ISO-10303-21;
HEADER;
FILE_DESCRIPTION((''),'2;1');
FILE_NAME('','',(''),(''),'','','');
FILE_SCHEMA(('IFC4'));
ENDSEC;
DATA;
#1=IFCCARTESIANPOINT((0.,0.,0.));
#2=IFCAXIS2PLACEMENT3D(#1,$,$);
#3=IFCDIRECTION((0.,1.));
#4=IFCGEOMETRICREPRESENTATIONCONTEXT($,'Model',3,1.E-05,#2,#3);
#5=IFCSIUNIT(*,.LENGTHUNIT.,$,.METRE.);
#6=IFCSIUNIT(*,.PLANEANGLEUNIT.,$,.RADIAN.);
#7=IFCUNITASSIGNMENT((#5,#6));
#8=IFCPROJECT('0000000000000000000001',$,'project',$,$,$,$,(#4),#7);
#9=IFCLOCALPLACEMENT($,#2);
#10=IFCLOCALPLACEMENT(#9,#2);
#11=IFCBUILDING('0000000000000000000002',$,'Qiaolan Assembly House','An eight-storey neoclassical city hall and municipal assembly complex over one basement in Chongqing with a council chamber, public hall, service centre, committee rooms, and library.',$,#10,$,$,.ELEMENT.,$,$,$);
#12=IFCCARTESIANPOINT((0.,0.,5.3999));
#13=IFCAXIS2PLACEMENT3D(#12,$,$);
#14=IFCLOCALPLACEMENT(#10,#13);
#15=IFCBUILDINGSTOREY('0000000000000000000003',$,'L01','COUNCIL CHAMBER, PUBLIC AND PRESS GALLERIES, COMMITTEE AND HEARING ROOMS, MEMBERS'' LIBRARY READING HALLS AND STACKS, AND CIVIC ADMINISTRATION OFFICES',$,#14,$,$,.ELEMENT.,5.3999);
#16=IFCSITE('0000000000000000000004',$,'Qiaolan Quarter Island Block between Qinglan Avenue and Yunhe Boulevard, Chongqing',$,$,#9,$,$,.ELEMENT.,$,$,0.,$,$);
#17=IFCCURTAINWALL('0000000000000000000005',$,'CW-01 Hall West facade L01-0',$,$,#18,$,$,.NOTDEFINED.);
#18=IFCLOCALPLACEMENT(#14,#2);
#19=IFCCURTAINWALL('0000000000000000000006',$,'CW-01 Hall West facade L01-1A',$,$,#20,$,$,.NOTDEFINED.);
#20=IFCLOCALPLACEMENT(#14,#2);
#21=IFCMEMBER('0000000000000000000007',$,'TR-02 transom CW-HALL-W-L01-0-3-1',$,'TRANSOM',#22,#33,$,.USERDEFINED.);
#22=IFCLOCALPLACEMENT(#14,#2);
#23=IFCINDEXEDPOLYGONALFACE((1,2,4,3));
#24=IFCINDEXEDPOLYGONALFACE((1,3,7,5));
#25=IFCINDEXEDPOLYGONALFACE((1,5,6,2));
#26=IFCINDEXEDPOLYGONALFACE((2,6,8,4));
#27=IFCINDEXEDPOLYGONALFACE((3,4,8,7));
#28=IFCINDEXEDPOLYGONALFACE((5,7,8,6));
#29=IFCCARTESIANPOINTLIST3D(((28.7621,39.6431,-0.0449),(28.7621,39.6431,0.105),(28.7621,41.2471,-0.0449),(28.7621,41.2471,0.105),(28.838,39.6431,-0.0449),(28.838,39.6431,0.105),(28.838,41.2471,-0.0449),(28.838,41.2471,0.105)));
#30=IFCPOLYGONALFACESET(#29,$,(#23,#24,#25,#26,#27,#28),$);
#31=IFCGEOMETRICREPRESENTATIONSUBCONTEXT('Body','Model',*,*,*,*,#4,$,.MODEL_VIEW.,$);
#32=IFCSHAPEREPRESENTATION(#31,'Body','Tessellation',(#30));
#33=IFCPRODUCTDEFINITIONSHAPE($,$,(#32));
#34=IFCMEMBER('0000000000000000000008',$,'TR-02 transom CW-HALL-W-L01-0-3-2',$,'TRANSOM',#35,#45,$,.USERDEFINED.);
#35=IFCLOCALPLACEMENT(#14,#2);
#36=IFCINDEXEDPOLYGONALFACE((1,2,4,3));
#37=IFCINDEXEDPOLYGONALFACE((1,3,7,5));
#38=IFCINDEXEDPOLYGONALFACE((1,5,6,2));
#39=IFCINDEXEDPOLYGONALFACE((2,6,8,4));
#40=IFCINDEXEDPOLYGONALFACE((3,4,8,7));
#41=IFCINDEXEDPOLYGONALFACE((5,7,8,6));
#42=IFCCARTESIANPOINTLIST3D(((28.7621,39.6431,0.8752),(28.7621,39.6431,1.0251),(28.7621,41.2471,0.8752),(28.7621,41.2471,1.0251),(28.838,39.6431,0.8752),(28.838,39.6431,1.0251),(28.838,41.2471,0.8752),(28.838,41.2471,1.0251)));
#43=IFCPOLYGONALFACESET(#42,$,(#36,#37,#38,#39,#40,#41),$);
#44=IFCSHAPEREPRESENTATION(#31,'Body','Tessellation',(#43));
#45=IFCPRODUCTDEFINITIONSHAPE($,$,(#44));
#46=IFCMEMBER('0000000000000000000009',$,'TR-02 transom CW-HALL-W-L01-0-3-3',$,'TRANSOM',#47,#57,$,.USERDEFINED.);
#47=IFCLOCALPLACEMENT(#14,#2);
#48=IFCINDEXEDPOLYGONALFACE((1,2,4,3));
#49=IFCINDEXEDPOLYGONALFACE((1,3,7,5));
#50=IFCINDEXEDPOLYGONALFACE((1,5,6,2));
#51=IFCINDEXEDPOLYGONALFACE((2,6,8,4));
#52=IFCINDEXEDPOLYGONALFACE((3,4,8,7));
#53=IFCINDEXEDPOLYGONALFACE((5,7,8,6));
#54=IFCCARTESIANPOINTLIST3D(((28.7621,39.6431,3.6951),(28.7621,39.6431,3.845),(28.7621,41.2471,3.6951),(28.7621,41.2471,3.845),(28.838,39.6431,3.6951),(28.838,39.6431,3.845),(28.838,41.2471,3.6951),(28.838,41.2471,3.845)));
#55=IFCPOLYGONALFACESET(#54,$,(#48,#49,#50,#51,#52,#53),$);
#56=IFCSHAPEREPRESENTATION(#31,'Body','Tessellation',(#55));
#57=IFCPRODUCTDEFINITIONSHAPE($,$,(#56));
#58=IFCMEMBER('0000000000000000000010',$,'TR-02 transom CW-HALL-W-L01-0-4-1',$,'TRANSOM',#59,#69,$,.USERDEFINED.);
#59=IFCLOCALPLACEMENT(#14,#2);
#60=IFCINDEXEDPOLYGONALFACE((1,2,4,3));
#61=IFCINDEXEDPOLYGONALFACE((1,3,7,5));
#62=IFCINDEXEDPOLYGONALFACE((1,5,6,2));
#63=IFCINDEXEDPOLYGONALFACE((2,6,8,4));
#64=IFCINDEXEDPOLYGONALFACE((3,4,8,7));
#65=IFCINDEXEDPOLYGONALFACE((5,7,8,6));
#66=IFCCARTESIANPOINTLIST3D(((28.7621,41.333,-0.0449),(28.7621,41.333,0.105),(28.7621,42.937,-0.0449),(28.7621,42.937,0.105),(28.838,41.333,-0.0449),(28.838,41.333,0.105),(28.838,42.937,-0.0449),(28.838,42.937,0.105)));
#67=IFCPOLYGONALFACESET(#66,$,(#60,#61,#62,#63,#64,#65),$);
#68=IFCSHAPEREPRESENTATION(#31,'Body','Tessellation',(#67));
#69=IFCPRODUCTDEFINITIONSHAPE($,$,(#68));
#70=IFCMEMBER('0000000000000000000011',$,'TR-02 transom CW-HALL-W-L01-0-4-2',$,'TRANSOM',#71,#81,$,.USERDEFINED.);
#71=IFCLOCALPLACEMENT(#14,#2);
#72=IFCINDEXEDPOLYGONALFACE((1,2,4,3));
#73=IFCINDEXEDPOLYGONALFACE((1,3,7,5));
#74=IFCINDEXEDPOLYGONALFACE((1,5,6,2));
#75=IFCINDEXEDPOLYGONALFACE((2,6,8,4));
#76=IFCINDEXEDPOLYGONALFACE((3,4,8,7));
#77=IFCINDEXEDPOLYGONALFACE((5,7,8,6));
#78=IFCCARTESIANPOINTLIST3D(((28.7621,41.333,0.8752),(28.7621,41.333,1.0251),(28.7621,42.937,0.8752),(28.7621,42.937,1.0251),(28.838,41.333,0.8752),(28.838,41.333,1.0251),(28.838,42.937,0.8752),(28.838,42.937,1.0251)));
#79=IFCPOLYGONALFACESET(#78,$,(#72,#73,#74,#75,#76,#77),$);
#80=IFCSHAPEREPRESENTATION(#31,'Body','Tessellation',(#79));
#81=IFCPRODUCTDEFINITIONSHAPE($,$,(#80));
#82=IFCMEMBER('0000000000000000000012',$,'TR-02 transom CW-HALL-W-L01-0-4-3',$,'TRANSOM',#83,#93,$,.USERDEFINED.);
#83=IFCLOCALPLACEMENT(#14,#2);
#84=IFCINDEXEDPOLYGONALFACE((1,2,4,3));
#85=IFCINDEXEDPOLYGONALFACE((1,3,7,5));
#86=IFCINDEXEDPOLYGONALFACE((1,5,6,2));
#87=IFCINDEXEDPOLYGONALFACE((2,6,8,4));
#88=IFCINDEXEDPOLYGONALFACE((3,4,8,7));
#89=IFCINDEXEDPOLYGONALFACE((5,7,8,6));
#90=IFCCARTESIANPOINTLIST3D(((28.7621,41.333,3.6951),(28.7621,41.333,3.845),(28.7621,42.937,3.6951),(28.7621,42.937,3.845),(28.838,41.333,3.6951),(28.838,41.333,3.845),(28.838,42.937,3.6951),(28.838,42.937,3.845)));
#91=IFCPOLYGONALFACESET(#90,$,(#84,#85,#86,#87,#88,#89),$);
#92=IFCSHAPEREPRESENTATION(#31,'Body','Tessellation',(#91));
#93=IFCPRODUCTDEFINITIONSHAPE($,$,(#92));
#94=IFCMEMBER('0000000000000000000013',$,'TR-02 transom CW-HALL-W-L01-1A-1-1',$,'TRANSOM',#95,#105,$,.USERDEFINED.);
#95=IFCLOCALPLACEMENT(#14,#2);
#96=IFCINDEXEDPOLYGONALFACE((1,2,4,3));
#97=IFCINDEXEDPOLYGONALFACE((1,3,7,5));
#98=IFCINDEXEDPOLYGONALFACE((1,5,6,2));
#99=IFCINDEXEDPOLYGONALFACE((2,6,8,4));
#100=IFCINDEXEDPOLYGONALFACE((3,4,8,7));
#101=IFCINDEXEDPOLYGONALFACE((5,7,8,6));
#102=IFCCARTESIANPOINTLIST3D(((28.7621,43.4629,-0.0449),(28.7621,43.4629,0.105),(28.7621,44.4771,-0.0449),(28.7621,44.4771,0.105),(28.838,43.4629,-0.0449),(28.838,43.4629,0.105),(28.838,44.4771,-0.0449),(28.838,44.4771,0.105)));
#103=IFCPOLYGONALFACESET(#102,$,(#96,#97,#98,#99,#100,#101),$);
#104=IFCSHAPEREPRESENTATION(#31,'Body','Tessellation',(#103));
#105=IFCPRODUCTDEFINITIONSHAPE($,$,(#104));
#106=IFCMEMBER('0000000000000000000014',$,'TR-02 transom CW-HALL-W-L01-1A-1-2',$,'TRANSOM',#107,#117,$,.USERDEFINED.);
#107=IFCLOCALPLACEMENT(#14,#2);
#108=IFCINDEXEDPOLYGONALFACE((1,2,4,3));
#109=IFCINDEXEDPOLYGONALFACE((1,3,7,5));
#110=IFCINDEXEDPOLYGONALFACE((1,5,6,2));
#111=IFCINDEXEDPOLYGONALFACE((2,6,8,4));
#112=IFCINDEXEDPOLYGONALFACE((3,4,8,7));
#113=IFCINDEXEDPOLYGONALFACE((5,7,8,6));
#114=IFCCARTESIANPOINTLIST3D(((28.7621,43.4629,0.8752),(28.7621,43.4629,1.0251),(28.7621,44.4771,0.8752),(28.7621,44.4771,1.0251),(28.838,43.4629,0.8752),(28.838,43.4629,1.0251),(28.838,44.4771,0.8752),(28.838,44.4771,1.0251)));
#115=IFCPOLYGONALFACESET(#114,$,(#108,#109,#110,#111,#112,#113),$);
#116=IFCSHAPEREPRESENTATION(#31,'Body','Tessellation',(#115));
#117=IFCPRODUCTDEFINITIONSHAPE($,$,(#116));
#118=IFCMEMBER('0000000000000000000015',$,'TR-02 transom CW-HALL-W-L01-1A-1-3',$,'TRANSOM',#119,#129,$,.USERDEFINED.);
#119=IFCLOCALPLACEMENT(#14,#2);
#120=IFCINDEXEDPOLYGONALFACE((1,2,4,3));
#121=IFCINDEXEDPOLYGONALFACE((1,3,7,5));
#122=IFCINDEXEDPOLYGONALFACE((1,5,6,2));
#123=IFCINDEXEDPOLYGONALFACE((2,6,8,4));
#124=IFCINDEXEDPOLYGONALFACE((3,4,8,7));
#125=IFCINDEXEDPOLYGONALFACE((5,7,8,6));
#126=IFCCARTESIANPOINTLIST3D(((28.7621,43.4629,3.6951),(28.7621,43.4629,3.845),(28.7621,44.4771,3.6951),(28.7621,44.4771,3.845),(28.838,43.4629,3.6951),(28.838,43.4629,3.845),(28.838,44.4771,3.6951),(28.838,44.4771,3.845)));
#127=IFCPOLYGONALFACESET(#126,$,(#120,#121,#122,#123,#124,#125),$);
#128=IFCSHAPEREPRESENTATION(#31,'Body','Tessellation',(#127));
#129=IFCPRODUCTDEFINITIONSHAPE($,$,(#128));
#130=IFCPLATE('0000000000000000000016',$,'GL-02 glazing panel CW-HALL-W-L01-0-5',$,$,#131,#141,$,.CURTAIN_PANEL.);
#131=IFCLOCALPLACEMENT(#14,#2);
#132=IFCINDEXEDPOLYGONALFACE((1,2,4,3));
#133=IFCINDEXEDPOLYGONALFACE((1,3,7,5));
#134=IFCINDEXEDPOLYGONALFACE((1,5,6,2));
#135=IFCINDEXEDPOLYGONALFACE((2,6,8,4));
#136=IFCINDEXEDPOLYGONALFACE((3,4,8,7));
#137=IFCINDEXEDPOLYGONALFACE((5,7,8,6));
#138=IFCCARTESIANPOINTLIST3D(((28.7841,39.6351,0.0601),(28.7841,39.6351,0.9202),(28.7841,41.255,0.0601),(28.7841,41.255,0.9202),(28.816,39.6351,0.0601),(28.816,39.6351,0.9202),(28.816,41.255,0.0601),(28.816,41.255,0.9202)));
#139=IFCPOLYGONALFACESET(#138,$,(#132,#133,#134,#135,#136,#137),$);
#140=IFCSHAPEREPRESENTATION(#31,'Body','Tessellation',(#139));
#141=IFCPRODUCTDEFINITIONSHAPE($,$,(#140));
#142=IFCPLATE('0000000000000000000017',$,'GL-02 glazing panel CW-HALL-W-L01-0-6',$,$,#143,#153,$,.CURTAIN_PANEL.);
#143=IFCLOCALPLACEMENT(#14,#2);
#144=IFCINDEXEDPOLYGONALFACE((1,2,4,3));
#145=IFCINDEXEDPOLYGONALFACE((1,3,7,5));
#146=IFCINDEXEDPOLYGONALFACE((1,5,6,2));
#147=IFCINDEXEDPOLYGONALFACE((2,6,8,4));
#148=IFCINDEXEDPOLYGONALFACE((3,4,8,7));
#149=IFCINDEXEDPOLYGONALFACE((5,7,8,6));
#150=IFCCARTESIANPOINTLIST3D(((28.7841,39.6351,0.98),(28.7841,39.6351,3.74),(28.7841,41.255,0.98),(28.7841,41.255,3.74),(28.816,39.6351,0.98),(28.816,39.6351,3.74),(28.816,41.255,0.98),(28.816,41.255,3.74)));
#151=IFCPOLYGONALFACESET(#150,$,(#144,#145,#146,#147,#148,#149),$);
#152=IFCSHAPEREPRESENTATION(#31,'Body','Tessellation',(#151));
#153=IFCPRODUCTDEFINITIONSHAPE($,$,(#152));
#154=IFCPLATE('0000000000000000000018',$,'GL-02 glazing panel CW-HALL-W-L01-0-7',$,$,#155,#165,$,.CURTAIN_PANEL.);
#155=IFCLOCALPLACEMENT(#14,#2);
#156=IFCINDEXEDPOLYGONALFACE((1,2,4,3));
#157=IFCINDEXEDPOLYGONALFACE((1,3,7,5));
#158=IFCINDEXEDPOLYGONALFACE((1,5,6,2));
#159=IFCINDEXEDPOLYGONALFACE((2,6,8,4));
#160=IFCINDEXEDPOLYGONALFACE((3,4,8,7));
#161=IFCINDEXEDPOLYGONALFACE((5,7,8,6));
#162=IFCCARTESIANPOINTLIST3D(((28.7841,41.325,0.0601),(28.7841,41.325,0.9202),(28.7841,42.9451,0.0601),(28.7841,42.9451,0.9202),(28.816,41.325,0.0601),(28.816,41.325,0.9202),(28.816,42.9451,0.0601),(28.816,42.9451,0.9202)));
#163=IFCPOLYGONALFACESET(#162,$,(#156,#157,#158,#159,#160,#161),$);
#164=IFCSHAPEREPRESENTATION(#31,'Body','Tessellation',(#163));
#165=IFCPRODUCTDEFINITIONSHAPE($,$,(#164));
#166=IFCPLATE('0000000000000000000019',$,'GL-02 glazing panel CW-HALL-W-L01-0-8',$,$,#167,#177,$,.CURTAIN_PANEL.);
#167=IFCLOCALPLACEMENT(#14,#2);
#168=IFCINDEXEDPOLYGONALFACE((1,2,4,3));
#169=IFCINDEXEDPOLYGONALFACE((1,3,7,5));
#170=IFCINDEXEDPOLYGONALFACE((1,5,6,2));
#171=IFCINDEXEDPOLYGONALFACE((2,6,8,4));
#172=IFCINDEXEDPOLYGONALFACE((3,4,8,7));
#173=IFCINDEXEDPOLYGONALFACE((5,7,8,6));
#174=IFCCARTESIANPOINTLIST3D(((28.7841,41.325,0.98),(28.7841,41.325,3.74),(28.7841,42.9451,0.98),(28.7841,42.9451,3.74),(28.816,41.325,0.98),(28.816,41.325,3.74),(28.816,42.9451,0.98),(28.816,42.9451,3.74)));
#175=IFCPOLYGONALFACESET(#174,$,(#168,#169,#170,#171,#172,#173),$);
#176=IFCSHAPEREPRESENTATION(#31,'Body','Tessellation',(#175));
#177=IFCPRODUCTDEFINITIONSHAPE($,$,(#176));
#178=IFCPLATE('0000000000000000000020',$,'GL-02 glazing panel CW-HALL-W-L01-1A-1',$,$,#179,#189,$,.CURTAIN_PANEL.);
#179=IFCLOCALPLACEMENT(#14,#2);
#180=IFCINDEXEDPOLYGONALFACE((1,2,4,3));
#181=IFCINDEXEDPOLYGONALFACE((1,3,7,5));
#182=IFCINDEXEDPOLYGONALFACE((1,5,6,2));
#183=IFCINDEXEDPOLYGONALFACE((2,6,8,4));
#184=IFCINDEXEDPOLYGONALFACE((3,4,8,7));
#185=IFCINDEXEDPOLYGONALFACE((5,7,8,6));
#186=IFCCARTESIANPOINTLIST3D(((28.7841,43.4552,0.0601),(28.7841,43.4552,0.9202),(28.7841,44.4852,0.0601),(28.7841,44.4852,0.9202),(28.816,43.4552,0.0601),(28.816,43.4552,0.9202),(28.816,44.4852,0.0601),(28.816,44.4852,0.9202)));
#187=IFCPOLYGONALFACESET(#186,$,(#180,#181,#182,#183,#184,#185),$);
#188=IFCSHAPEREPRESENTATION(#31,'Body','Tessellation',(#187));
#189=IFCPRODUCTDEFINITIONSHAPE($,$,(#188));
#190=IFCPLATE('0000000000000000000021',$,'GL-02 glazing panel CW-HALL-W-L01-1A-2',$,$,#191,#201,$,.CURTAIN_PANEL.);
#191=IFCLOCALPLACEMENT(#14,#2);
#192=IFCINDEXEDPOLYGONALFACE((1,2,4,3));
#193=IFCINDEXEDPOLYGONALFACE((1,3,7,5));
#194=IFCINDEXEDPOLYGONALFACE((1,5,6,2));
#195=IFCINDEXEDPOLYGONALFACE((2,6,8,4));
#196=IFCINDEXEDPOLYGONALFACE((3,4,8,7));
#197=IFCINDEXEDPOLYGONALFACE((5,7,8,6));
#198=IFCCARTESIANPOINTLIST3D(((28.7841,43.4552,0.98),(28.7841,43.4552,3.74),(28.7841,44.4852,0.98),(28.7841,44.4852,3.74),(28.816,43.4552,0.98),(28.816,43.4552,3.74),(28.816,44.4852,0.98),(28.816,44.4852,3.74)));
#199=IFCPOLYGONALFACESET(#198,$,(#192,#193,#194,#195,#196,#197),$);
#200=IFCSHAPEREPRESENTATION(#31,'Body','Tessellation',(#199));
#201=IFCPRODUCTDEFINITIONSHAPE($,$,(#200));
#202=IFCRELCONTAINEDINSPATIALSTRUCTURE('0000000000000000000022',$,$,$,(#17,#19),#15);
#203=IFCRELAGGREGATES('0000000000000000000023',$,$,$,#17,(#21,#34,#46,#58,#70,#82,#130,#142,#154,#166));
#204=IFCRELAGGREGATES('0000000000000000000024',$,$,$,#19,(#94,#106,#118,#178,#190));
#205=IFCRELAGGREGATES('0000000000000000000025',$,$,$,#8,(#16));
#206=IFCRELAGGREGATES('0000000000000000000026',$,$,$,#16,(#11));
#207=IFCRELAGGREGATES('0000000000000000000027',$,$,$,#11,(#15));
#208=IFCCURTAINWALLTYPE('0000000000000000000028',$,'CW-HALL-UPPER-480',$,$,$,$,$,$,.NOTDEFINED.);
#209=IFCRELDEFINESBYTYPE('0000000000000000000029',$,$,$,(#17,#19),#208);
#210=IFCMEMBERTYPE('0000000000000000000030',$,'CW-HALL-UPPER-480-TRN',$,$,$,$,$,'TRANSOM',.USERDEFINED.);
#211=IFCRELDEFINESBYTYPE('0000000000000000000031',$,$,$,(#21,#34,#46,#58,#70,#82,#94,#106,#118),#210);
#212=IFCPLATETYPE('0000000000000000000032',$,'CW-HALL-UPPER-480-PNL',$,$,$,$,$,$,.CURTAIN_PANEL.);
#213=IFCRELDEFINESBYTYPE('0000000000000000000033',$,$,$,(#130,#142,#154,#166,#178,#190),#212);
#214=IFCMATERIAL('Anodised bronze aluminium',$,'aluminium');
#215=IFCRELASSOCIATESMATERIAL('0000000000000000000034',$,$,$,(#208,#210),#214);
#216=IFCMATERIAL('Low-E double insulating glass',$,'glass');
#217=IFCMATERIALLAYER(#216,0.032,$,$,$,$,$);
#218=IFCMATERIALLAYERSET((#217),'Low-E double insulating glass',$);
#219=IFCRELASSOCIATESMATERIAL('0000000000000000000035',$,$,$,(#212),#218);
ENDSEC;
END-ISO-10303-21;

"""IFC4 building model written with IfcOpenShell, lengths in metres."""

from ifc_helpers import new_model, si_unit, direction, frame, frame_2d, origin, origin_2d, place, context, subcontext, project, spatial, rectangle, extrude, material, layer, layer_set, material_profile, profile_set, type_object, element, aggregate, save


model = new_model("IFC4")

# Units and contexts
model_context = context("Model", 3, precision=1e-05, world=origin(), true_north=direction((0.0, 1.0)))
body_context = subcontext(model_context, "Body", "Model", "MODEL_VIEW")
ifc_project = project(units=[si_unit("LENGTHUNIT", "METRE"), si_unit("PLANEANGLEUNIT", "RADIAN")], contexts=[model_context])

# Site, building, storey
site_placement = place(None, origin())
site = spatial("IfcSite", under=ifc_project, at=site_placement, Name="Qiaolan Quarter Island Block between Qinglan Avenue and Yunhe Boulevard, Chongqing", CompositionType="ELEMENT", RefElevation=0.0)
building_placement = place(site_placement, origin())
building = spatial("IfcBuilding", under=site, at=building_placement, Name="Qiaolan Assembly House", Description="An eight-storey neoclassical city hall and municipal assembly complex over one basement in Chongqing with a council chamber, public hall, service centre, committee rooms, and library.", CompositionType="ELEMENT")
storey_placement = place(building_placement, frame((0.0, 0.0, 5.3999)))
storey = spatial("IfcBuildingStorey", under=building, at=storey_placement, Name="L01", Description="COUNCIL CHAMBER, PUBLIC AND PRESS GALLERIES, COMMITTEE AND HEARING ROOMS, MEMBERS' LIBRARY READING HALLS AND STACKS, AND CIVIC ADMINISTRATION OFFICES", CompositionType="ELEMENT", Elevation=5.3999)

# Curtain walls
ifc_material_1 = material(Name="Anodised bronze aluminium", Category="aluminium")
curtain_wall_type = type_object("IfcCurtainWallType", Name="CW-HALL-UPPER-480", PredefinedType="NOTDEFINED", material=ifc_material_1)
curtain_wall_1_placement = place(storey_placement, origin())
curtain_wall_1 = element("IfcCurtainWall", 1, at=curtain_wall_1_placement, inside=storey, type_object=curtain_wall_type, Name="CW-01 Hall West facade L01-0", PredefinedType="NOTDEFINED")
curtain_wall_2_placement = place(storey_placement, origin())
curtain_wall_2 = element("IfcCurtainWall", 2, at=curtain_wall_2_placement, inside=storey, type_object=curtain_wall_type, Name="CW-01 Hall West facade L01-1A", PredefinedType="NOTDEFINED")

# Members
ifc_material_profile_1 = material_profile(ifc_material_1, rectangle(XDim=0.0759, YDim=0.1499, at=origin_2d()), Name="TRN 76x150")
ifc_profile_set_1 = profile_set([ifc_material_profile_1], Name="Anodised bronze aluminium")
member_type_1 = type_object("IfcMemberType", Name="CW-HALL-UPPER-480-TRN", ElementType="TRANSOM", PredefinedType="USERDEFINED", material=ifc_profile_set_1)
member_1_placement = place(storey_placement, frame((28.8, 39.6431, 0.03), z_axis=(0.0, 1.0, 0.0), x_axis=(-1.0, 0.0, 0.0)))
member_1 = element("IfcMember", 3, at=member_1_placement, type_object=member_type_1, Name="TR-02 transom CW-HALL-W-L01-0-3-1", ObjectType="TRANSOM", PredefinedType="USERDEFINED", context=body_context, shape_type="SweptSolid", body=[
    extrude(rectangle(XDim=0.0759, YDim=0.1499, at=origin_2d()), origin(), (0.0, 0.0, 1.0), 1.604),
])
member_2_placement = place(storey_placement, frame((28.8, 39.6431, 0.9502), z_axis=(0.0, 1.0, 0.0), x_axis=(-1.0, 0.0, 0.0)))
member_2 = element("IfcMember", 4, at=member_2_placement, type_object=member_type_1, Name="TR-02 transom CW-HALL-W-L01-0-3-2", ObjectType="TRANSOM", PredefinedType="USERDEFINED", context=body_context, shape_type="SweptSolid", body=[
    extrude(rectangle(XDim=0.0759, YDim=0.1499, at=origin_2d()), origin(), (0.0, 0.0, 1.0), 1.604),
])
member_3_placement = place(storey_placement, frame((28.8, 39.6431, 3.77), z_axis=(0.0, 1.0, 0.0), x_axis=(-1.0, 0.0, 0.0)))
member_3 = element("IfcMember", 5, at=member_3_placement, type_object=member_type_1, Name="TR-02 transom CW-HALL-W-L01-0-3-3", ObjectType="TRANSOM", PredefinedType="USERDEFINED", context=body_context, shape_type="SweptSolid", body=[
    extrude(rectangle(XDim=0.0759, YDim=0.1499, at=origin_2d()), origin(), (0.0, 0.0, 1.0), 1.604),
])
member_4_placement = place(storey_placement, frame((28.8, 41.333, 0.03), z_axis=(0.0, 1.0, 0.0), x_axis=(-1.0, 0.0, 0.0)))
member_4 = element("IfcMember", 6, at=member_4_placement, type_object=member_type_1, Name="TR-02 transom CW-HALL-W-L01-0-4-1", ObjectType="TRANSOM", PredefinedType="USERDEFINED", context=body_context, shape_type="SweptSolid", body=[
    extrude(rectangle(XDim=0.0759, YDim=0.1499, at=origin_2d()), origin(), (0.0, 0.0, 1.0), 1.604),
])
member_5_placement = place(storey_placement, frame((28.8, 41.333, 0.9502), z_axis=(0.0, 1.0, 0.0), x_axis=(-1.0, 0.0, 0.0)))
member_5 = element("IfcMember", 7, at=member_5_placement, type_object=member_type_1, Name="TR-02 transom CW-HALL-W-L01-0-4-2", ObjectType="TRANSOM", PredefinedType="USERDEFINED", context=body_context, shape_type="SweptSolid", body=[
    extrude(rectangle(XDim=0.0759, YDim=0.1499, at=origin_2d()), origin(), (0.0, 0.0, 1.0), 1.604),
])
member_6_placement = place(storey_placement, frame((28.8, 41.333, 3.77), z_axis=(0.0, 1.0, 0.0), x_axis=(-1.0, 0.0, 0.0)))
member_6 = element("IfcMember", 8, at=member_6_placement, type_object=member_type_1, Name="TR-02 transom CW-HALL-W-L01-0-4-3", ObjectType="TRANSOM", PredefinedType="USERDEFINED", context=body_context, shape_type="SweptSolid", body=[
    extrude(rectangle(XDim=0.0759, YDim=0.1499, at=origin_2d()), origin(), (0.0, 0.0, 1.0), 1.604),
])
member_7_placement = place(storey_placement, frame((28.8, 43.4629, 0.03), z_axis=(0.0, 1.0, 0.0), x_axis=(-1.0, 0.0, 0.0)))
member_7 = element("IfcMember", 9, at=member_7_placement, type_object=member_type_1, Name="TR-02 transom CW-HALL-W-L01-1A-1-1", ObjectType="TRANSOM", PredefinedType="USERDEFINED", context=body_context, shape_type="SweptSolid", body=[
    extrude(rectangle(XDim=0.0759, YDim=0.1499, at=origin_2d()), origin(), (0.0, 0.0, 1.0), 1.0142),
])
member_8_placement = place(storey_placement, frame((28.8, 43.4629, 0.9502), z_axis=(0.0, 1.0, 0.0), x_axis=(-1.0, 0.0, 0.0)))
member_8 = element("IfcMember", 10, at=member_8_placement, type_object=member_type_1, Name="TR-02 transom CW-HALL-W-L01-1A-1-2", ObjectType="TRANSOM", PredefinedType="USERDEFINED", context=body_context, shape_type="SweptSolid", body=[
    extrude(rectangle(XDim=0.0759, YDim=0.1499, at=origin_2d()), origin(), (0.0, 0.0, 1.0), 1.0142),
])
member_9_placement = place(storey_placement, frame((28.8, 43.4629, 3.77), z_axis=(0.0, 1.0, 0.0), x_axis=(-1.0, 0.0, 0.0)))
member_9 = element("IfcMember", 11, at=member_9_placement, type_object=member_type_1, Name="TR-02 transom CW-HALL-W-L01-1A-1-3", ObjectType="TRANSOM", PredefinedType="USERDEFINED", context=body_context, shape_type="SweptSolid", body=[
    extrude(rectangle(XDim=0.0759, YDim=0.1499, at=origin_2d()), origin(), (0.0, 0.0, 1.0), 1.0142),
])

# Plates
ifc_material_2 = material(Name="Low-E double insulating glass", Category="glass")
ifc_layer = layer(ifc_material_2, 0.032)
ifc_layer_set = layer_set([ifc_layer], Name="Low-E double insulating glass")
plate_type = type_object("IfcPlateType", Name="CW-HALL-UPPER-480-PNL", PredefinedType="CURTAIN_PANEL", material=ifc_layer_set)
plate_1_placement = place(storey_placement, frame((28.8, 39.635, 0.0601), z_axis=(0.0, 0.0, 1.0), x_axis=(0.0, 1.0, 0.0)))
plate_1 = element("IfcPlate", 12, at=plate_1_placement, type_object=plate_type, Name="GL-02 glazing panel CW-HALL-W-L01-0-5", PredefinedType="CURTAIN_PANEL", context=body_context, shape_type="SweptSolid", body=[
    extrude(rectangle(XDim=1.6199, YDim=0.032, at=frame_2d((0.8101, 0.0))), origin(), (0.0, 0.0, 1.0), 0.8601),
])
plate_2_placement = place(storey_placement, frame((28.8, 39.635, 0.98), z_axis=(0.0, 0.0, 1.0), x_axis=(0.0, 1.0, 0.0)))
plate_2 = element("IfcPlate", 13, at=plate_2_placement, type_object=plate_type, Name="GL-02 glazing panel CW-HALL-W-L01-0-6", PredefinedType="CURTAIN_PANEL", context=body_context, shape_type="SweptSolid", body=[
    extrude(rectangle(XDim=1.6199, YDim=0.032, at=frame_2d((0.8101, 0.0))), origin(), (0.0, 0.0, 1.0), 2.76),
])
plate_3_placement = place(storey_placement, frame((28.8, 41.325, 0.0601), z_axis=(0.0, 0.0, 1.0), x_axis=(0.0, 1.0, 0.0)))
plate_3 = element("IfcPlate", 14, at=plate_3_placement, type_object=plate_type, Name="GL-02 glazing panel CW-HALL-W-L01-0-7", PredefinedType="CURTAIN_PANEL", context=body_context, shape_type="SweptSolid", body=[
    extrude(rectangle(XDim=1.6201, YDim=0.032, at=frame_2d((0.8101, 0.0))), origin(), (0.0, 0.0, 1.0), 0.8601),
])
plate_4_placement = place(storey_placement, frame((28.8, 41.325, 0.98), z_axis=(0.0, 0.0, 1.0), x_axis=(0.0, 1.0, 0.0)))
plate_4 = element("IfcPlate", 15, at=plate_4_placement, type_object=plate_type, Name="GL-02 glazing panel CW-HALL-W-L01-0-8", PredefinedType="CURTAIN_PANEL", context=body_context, shape_type="SweptSolid", body=[
    extrude(rectangle(XDim=1.6201, YDim=0.032, at=frame_2d((0.8101, 0.0))), origin(), (0.0, 0.0, 1.0), 2.76),
])
aggregate(curtain_wall_1, [member_1, member_2, member_3, member_4, member_5, member_6, plate_1, plate_2, plate_3, plate_4])
plate_5_placement = place(storey_placement, frame((28.8, 43.4551, 0.0601), z_axis=(0.0, 0.0, 1.0), x_axis=(0.0, 1.0, 0.0)))
plate_5 = element("IfcPlate", 16, at=plate_5_placement, type_object=plate_type, Name="GL-02 glazing panel CW-HALL-W-L01-1A-1", PredefinedType="CURTAIN_PANEL", context=body_context, shape_type="SweptSolid", body=[
    extrude(rectangle(XDim=1.03, YDim=0.032, at=frame_2d((0.5151, 0.0))), origin(), (0.0, 0.0, 1.0), 0.8601),
])
plate_6_placement = place(storey_placement, frame((28.8, 43.4551, 0.98), z_axis=(0.0, 0.0, 1.0), x_axis=(0.0, 1.0, 0.0)))
plate_6 = element("IfcPlate", 17, at=plate_6_placement, type_object=plate_type, Name="GL-02 glazing panel CW-HALL-W-L01-1A-2", PredefinedType="CURTAIN_PANEL", context=body_context, shape_type="SweptSolid", body=[
    extrude(rectangle(XDim=1.03, YDim=0.032, at=frame_2d((0.5151, 0.0))), origin(), (0.0, 0.0, 1.0), 2.76),
])
aggregate(curtain_wall_2, [member_7, member_8, member_9, plate_5, plate_6])

save(model, "model.ifc")
